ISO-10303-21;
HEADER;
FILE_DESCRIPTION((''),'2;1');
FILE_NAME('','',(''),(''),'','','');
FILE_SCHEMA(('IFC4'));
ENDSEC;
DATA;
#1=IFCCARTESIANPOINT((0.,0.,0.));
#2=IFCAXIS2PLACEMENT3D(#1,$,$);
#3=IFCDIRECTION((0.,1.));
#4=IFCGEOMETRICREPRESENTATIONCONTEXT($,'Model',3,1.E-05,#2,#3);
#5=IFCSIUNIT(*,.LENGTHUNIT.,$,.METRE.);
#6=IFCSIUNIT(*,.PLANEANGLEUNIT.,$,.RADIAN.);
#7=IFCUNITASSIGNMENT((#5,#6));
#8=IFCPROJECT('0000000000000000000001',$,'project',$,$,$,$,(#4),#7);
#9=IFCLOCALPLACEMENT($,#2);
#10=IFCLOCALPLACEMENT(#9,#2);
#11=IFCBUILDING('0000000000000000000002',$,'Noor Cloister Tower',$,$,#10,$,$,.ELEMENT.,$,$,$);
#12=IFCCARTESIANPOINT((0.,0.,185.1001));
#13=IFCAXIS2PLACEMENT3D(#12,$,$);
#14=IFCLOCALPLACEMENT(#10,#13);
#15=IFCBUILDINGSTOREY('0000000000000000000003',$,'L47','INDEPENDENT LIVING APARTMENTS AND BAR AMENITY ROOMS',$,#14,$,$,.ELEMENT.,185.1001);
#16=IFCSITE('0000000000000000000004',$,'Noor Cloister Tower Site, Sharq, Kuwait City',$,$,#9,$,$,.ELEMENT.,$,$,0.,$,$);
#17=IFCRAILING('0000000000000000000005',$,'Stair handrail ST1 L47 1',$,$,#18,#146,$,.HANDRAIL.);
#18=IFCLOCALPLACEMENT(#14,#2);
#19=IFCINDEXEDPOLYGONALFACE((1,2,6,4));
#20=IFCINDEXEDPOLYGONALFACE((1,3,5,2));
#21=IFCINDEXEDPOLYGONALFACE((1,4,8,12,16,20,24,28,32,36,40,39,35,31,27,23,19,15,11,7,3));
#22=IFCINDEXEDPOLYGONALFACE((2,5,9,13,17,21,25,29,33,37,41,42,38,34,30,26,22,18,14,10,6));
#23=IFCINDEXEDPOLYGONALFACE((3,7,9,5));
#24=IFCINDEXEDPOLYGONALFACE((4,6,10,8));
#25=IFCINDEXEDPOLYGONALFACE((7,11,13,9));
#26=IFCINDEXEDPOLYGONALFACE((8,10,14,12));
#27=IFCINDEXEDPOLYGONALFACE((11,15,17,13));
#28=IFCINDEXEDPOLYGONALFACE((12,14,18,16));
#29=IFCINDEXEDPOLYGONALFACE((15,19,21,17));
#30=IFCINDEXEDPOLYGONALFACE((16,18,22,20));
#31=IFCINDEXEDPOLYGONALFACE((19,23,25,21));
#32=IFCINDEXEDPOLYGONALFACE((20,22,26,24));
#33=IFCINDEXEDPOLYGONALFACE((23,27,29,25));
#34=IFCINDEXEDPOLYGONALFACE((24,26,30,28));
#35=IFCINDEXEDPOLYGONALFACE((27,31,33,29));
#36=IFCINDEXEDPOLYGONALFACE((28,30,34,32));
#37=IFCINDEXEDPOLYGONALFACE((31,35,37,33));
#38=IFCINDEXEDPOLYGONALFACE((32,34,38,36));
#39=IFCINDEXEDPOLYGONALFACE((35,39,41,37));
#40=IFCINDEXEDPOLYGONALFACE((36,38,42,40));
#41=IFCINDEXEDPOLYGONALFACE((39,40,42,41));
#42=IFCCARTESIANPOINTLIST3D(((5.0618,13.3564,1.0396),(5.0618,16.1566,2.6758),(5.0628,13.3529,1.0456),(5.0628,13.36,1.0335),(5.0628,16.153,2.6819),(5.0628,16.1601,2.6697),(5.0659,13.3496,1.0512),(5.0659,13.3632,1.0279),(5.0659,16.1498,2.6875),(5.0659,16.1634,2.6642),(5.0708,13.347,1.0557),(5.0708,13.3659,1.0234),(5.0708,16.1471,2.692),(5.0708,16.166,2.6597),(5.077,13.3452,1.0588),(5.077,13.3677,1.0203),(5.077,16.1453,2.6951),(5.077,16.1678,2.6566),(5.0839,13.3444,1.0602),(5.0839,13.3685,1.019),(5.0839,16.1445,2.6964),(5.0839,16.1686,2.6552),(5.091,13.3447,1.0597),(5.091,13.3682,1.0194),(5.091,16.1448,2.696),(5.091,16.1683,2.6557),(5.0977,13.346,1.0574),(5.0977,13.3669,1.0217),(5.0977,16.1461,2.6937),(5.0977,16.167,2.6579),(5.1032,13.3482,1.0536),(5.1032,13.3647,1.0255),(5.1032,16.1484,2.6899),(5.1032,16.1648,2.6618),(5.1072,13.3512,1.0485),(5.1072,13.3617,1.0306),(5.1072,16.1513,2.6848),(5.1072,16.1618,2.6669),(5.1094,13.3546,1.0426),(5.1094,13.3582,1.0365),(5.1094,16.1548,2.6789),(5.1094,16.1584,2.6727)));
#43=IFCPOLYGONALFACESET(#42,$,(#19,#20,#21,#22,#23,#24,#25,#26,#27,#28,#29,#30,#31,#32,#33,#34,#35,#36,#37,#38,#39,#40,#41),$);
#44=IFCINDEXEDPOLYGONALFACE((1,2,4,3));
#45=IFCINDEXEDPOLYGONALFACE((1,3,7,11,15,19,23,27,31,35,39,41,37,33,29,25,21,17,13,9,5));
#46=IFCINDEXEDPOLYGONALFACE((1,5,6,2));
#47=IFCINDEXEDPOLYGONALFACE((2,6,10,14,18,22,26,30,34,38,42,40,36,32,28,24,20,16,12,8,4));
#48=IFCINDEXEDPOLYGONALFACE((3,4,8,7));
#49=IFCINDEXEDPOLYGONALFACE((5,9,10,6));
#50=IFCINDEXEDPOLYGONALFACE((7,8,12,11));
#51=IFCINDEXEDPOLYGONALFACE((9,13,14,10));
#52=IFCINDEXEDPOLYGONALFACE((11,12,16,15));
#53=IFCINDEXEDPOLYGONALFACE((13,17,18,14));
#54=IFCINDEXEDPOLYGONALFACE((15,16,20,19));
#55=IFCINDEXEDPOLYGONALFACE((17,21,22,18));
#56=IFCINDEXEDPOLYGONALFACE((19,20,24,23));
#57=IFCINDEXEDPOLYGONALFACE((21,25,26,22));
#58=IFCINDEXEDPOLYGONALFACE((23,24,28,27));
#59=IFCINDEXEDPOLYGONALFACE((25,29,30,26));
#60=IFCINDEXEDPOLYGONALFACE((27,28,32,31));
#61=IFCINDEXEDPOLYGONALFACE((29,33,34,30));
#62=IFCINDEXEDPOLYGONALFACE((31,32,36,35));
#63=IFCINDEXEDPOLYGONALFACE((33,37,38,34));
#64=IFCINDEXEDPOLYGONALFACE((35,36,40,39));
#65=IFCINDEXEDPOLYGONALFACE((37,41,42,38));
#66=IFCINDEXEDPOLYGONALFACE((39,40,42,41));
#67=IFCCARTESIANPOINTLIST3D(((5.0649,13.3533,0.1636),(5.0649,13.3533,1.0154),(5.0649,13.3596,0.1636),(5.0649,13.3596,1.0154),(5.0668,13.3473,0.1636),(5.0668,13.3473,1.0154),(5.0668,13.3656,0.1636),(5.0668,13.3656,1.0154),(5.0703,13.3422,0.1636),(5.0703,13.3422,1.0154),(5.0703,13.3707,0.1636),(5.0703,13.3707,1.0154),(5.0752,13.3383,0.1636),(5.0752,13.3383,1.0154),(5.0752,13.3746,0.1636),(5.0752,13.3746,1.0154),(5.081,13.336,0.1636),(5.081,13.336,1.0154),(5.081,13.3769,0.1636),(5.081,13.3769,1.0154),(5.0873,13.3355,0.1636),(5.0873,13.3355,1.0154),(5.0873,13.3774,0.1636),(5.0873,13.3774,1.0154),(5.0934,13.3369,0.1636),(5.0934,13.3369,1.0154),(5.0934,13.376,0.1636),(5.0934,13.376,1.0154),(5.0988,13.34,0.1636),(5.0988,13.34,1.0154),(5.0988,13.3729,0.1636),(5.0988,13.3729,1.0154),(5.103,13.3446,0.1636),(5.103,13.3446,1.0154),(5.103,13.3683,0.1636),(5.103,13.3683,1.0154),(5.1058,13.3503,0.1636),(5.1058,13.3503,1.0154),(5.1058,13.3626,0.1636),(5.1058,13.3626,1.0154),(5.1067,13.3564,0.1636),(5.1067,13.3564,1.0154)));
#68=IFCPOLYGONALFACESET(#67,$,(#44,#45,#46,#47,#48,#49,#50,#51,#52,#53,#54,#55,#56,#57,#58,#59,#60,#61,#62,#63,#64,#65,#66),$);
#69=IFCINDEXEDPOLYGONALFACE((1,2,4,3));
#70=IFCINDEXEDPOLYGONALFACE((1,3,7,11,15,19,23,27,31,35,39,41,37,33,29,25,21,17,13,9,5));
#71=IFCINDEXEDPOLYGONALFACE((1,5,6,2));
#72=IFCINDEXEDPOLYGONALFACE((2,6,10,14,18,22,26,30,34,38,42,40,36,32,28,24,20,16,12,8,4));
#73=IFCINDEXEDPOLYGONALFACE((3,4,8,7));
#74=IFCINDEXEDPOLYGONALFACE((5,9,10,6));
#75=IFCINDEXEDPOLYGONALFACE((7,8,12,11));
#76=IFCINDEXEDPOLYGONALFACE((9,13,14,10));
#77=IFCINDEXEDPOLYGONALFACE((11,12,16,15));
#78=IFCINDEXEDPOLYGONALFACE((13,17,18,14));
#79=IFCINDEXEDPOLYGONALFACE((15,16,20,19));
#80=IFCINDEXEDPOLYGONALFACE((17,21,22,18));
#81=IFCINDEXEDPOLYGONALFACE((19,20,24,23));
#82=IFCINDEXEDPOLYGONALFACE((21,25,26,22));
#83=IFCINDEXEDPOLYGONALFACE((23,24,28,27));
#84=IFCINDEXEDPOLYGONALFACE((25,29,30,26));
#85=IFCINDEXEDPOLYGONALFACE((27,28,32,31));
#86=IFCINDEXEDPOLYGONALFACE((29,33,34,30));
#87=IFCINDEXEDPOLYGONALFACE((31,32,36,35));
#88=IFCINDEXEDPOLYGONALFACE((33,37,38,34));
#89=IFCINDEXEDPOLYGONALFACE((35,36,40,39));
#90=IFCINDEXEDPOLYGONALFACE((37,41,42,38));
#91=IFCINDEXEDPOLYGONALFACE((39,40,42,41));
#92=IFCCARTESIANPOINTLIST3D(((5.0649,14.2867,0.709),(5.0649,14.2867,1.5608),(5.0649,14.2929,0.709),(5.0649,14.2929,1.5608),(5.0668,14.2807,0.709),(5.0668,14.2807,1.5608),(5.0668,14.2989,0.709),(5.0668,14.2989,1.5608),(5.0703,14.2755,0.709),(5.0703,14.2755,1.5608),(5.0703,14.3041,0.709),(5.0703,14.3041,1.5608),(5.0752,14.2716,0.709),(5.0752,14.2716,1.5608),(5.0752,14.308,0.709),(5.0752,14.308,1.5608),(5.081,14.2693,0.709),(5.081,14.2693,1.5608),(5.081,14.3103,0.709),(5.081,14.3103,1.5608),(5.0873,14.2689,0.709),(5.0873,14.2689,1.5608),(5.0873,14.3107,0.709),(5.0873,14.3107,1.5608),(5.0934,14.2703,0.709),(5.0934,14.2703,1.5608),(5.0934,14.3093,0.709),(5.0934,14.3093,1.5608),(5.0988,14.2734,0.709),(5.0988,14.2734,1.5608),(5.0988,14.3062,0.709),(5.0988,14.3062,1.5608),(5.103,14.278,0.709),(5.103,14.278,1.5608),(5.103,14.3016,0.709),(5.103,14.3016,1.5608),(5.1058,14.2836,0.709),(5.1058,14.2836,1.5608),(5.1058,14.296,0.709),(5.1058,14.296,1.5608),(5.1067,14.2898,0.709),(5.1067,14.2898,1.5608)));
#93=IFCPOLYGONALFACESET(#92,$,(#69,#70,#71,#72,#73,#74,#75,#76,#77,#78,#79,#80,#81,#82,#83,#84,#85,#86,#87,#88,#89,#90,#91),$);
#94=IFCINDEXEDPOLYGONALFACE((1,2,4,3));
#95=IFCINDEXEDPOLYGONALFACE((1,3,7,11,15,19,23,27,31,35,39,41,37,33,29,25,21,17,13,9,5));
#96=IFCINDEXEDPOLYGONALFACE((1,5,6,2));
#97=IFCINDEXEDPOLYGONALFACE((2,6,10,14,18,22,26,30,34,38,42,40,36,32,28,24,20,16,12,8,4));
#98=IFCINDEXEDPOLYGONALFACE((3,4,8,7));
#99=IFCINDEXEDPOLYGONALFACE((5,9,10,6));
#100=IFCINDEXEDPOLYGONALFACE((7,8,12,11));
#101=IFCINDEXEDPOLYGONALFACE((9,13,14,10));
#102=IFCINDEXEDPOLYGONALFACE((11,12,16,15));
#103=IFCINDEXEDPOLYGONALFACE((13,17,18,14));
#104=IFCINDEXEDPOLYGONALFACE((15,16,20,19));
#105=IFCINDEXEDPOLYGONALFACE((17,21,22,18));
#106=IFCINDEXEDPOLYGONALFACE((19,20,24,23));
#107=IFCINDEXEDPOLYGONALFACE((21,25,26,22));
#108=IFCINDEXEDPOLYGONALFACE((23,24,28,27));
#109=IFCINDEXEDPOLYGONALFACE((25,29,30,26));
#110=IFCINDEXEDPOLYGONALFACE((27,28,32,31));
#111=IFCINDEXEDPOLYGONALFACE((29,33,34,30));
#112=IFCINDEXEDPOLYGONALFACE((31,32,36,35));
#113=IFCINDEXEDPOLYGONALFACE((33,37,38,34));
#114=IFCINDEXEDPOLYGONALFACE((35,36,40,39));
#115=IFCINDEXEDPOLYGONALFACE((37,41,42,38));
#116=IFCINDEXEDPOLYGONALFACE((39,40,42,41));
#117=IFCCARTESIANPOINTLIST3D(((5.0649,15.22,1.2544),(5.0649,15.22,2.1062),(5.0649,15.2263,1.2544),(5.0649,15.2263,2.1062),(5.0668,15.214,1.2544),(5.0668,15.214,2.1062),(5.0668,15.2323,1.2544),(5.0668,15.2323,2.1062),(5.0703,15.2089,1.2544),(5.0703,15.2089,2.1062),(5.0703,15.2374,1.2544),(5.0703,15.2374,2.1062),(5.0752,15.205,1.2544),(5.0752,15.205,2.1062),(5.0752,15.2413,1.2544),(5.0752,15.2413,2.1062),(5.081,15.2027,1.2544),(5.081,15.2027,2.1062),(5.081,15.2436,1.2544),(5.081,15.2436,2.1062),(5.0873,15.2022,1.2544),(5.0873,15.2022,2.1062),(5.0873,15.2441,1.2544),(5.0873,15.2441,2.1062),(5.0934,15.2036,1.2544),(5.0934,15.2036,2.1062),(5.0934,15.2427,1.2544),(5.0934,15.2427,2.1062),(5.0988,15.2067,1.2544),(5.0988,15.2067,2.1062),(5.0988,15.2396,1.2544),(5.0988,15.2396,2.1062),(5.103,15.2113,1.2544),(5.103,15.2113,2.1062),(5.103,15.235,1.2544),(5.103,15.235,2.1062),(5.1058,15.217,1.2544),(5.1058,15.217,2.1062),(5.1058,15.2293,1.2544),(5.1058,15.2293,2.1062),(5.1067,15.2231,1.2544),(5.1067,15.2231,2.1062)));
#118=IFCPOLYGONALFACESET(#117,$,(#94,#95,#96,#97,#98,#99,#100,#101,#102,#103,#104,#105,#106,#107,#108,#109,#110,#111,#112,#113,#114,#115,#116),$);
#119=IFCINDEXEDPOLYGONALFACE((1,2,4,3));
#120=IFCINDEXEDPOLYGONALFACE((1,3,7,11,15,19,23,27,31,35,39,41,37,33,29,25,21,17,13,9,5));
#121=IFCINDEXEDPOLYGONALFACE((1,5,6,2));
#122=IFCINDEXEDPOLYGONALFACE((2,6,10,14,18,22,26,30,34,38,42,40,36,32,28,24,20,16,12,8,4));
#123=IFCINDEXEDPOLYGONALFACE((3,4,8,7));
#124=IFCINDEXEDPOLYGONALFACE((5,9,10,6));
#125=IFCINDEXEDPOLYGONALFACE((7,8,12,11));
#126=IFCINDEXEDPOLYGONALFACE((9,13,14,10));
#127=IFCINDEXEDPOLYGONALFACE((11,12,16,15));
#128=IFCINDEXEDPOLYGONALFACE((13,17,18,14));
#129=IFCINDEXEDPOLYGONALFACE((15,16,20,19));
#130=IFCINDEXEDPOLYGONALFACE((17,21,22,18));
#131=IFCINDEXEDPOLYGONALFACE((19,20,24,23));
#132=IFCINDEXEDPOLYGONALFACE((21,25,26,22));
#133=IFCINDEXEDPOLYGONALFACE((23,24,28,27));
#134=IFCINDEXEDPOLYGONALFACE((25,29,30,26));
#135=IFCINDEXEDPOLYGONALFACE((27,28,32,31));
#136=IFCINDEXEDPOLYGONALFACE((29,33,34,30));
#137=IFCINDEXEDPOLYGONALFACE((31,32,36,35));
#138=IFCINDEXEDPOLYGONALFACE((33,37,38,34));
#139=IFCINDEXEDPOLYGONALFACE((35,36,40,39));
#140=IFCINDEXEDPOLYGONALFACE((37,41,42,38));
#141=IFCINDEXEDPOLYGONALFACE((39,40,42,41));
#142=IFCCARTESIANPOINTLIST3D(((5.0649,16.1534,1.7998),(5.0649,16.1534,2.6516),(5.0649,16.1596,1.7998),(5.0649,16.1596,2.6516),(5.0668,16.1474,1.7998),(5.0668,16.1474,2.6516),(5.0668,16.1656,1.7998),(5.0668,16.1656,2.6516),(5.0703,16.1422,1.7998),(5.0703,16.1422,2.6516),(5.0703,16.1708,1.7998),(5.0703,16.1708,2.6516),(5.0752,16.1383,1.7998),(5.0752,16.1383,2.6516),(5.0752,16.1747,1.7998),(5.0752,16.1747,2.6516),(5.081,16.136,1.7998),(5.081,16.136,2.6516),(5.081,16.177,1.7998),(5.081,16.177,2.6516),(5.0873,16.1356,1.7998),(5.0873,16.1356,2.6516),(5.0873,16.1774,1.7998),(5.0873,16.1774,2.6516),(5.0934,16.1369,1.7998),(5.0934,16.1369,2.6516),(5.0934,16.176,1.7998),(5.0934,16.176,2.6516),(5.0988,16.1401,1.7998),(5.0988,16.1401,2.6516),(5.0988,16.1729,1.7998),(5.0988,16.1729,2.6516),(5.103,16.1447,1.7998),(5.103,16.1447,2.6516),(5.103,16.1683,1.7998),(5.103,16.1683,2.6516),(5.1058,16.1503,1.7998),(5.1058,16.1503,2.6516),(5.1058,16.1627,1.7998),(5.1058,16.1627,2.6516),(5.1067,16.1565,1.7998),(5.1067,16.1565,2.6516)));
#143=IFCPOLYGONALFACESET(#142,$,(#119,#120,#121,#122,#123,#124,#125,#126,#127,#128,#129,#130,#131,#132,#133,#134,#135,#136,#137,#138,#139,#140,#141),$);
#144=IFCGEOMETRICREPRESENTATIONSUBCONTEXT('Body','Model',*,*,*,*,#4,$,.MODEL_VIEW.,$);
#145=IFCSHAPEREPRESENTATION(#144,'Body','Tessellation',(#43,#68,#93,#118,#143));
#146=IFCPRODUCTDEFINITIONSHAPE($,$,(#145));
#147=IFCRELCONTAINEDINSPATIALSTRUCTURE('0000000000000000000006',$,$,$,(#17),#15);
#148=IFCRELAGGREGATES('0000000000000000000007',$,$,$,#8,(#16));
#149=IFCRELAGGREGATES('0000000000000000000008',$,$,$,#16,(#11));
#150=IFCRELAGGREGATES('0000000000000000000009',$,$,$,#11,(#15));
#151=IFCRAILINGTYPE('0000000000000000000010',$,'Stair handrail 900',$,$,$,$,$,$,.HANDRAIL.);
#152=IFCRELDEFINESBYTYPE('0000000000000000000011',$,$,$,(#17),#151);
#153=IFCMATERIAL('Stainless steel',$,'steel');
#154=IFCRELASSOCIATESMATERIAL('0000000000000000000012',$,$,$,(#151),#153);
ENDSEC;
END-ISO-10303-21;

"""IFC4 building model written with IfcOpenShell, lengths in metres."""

from ifc_helpers import new_model, si_unit, direction, frame, origin, origin_2d, place, context, subcontext, project, spatial, circle, extrude, material, type_object, element, save


model = new_model("IFC4")

# Units and contexts
model_context = context("Model", 3, precision=1e-05, world=origin(), true_north=direction((0.0, 1.0)))
body_context = subcontext(model_context, "Body", "Model", "MODEL_VIEW")
ifc_project = project(units=[si_unit("LENGTHUNIT", "METRE"), si_unit("PLANEANGLEUNIT", "RADIAN")], contexts=[model_context])

# Site, building, storey
site_placement = place(None, origin())
site = spatial("IfcSite", under=ifc_project, at=site_placement, Name="Noor Cloister Tower Site, Sharq, Kuwait City", CompositionType="ELEMENT", RefElevation=0.0)
building_placement = place(site_placement, origin())
building = spatial("IfcBuilding", under=site, at=building_placement, Name="Noor Cloister Tower", CompositionType="ELEMENT")
storey_placement = place(building_placement, frame((0.0, 0.0, 185.1001)))
storey = spatial("IfcBuildingStorey", under=building, at=storey_placement, Name="L47", Description="INDEPENDENT LIVING APARTMENTS AND BAR AMENITY ROOMS", CompositionType="ELEMENT", Elevation=185.1001)

# Railing
ifc_material_1 = material(Name="Stainless steel", Category="steel")
railing_type_1 = type_object("IfcRailingType", Name="Stair handrail 900", PredefinedType="HANDRAIL", material=ifc_material_1)
railing_1_placement = place(storey_placement, frame((5.0857, 13.3564, 0.1636)))
element("IfcRailing", 1, at=railing_1_placement, inside=storey, type_object=railing_type_1, Name="Stair handrail ST1 L47 1", PredefinedType="HANDRAIL", context=body_context, shape_type="SweptSolid", body=[
    extrude(circle(Radius=0.0239, at=origin_2d()), frame((0.0, 0.0, 0.876), z_axis=(0.0, 0.863394, 0.504531), x_axis=(-1.0, 0.0, 0.0)), (0.0, 0.0, 1.0), 3.2432),
    extrude(circle(Radius=0.021, at=origin_2d()), origin(), (0.0, 0.0, 1.0), 0.8518),
    extrude(circle(Radius=0.021, at=origin_2d()), frame((0.0, 0.9333, 0.5454)), (0.0, 0.0, 1.0), 0.8518),
    extrude(circle(Radius=0.021, at=origin_2d()), frame((0.0, 1.8667, 1.0908)), (0.0, 0.0, 1.0), 0.8518),
    extrude(circle(Radius=0.021, at=origin_2d()), frame((0.0, 2.8, 1.6362)), (0.0, 0.0, 1.0), 0.8518),
])

save(model, "model.ifc")
